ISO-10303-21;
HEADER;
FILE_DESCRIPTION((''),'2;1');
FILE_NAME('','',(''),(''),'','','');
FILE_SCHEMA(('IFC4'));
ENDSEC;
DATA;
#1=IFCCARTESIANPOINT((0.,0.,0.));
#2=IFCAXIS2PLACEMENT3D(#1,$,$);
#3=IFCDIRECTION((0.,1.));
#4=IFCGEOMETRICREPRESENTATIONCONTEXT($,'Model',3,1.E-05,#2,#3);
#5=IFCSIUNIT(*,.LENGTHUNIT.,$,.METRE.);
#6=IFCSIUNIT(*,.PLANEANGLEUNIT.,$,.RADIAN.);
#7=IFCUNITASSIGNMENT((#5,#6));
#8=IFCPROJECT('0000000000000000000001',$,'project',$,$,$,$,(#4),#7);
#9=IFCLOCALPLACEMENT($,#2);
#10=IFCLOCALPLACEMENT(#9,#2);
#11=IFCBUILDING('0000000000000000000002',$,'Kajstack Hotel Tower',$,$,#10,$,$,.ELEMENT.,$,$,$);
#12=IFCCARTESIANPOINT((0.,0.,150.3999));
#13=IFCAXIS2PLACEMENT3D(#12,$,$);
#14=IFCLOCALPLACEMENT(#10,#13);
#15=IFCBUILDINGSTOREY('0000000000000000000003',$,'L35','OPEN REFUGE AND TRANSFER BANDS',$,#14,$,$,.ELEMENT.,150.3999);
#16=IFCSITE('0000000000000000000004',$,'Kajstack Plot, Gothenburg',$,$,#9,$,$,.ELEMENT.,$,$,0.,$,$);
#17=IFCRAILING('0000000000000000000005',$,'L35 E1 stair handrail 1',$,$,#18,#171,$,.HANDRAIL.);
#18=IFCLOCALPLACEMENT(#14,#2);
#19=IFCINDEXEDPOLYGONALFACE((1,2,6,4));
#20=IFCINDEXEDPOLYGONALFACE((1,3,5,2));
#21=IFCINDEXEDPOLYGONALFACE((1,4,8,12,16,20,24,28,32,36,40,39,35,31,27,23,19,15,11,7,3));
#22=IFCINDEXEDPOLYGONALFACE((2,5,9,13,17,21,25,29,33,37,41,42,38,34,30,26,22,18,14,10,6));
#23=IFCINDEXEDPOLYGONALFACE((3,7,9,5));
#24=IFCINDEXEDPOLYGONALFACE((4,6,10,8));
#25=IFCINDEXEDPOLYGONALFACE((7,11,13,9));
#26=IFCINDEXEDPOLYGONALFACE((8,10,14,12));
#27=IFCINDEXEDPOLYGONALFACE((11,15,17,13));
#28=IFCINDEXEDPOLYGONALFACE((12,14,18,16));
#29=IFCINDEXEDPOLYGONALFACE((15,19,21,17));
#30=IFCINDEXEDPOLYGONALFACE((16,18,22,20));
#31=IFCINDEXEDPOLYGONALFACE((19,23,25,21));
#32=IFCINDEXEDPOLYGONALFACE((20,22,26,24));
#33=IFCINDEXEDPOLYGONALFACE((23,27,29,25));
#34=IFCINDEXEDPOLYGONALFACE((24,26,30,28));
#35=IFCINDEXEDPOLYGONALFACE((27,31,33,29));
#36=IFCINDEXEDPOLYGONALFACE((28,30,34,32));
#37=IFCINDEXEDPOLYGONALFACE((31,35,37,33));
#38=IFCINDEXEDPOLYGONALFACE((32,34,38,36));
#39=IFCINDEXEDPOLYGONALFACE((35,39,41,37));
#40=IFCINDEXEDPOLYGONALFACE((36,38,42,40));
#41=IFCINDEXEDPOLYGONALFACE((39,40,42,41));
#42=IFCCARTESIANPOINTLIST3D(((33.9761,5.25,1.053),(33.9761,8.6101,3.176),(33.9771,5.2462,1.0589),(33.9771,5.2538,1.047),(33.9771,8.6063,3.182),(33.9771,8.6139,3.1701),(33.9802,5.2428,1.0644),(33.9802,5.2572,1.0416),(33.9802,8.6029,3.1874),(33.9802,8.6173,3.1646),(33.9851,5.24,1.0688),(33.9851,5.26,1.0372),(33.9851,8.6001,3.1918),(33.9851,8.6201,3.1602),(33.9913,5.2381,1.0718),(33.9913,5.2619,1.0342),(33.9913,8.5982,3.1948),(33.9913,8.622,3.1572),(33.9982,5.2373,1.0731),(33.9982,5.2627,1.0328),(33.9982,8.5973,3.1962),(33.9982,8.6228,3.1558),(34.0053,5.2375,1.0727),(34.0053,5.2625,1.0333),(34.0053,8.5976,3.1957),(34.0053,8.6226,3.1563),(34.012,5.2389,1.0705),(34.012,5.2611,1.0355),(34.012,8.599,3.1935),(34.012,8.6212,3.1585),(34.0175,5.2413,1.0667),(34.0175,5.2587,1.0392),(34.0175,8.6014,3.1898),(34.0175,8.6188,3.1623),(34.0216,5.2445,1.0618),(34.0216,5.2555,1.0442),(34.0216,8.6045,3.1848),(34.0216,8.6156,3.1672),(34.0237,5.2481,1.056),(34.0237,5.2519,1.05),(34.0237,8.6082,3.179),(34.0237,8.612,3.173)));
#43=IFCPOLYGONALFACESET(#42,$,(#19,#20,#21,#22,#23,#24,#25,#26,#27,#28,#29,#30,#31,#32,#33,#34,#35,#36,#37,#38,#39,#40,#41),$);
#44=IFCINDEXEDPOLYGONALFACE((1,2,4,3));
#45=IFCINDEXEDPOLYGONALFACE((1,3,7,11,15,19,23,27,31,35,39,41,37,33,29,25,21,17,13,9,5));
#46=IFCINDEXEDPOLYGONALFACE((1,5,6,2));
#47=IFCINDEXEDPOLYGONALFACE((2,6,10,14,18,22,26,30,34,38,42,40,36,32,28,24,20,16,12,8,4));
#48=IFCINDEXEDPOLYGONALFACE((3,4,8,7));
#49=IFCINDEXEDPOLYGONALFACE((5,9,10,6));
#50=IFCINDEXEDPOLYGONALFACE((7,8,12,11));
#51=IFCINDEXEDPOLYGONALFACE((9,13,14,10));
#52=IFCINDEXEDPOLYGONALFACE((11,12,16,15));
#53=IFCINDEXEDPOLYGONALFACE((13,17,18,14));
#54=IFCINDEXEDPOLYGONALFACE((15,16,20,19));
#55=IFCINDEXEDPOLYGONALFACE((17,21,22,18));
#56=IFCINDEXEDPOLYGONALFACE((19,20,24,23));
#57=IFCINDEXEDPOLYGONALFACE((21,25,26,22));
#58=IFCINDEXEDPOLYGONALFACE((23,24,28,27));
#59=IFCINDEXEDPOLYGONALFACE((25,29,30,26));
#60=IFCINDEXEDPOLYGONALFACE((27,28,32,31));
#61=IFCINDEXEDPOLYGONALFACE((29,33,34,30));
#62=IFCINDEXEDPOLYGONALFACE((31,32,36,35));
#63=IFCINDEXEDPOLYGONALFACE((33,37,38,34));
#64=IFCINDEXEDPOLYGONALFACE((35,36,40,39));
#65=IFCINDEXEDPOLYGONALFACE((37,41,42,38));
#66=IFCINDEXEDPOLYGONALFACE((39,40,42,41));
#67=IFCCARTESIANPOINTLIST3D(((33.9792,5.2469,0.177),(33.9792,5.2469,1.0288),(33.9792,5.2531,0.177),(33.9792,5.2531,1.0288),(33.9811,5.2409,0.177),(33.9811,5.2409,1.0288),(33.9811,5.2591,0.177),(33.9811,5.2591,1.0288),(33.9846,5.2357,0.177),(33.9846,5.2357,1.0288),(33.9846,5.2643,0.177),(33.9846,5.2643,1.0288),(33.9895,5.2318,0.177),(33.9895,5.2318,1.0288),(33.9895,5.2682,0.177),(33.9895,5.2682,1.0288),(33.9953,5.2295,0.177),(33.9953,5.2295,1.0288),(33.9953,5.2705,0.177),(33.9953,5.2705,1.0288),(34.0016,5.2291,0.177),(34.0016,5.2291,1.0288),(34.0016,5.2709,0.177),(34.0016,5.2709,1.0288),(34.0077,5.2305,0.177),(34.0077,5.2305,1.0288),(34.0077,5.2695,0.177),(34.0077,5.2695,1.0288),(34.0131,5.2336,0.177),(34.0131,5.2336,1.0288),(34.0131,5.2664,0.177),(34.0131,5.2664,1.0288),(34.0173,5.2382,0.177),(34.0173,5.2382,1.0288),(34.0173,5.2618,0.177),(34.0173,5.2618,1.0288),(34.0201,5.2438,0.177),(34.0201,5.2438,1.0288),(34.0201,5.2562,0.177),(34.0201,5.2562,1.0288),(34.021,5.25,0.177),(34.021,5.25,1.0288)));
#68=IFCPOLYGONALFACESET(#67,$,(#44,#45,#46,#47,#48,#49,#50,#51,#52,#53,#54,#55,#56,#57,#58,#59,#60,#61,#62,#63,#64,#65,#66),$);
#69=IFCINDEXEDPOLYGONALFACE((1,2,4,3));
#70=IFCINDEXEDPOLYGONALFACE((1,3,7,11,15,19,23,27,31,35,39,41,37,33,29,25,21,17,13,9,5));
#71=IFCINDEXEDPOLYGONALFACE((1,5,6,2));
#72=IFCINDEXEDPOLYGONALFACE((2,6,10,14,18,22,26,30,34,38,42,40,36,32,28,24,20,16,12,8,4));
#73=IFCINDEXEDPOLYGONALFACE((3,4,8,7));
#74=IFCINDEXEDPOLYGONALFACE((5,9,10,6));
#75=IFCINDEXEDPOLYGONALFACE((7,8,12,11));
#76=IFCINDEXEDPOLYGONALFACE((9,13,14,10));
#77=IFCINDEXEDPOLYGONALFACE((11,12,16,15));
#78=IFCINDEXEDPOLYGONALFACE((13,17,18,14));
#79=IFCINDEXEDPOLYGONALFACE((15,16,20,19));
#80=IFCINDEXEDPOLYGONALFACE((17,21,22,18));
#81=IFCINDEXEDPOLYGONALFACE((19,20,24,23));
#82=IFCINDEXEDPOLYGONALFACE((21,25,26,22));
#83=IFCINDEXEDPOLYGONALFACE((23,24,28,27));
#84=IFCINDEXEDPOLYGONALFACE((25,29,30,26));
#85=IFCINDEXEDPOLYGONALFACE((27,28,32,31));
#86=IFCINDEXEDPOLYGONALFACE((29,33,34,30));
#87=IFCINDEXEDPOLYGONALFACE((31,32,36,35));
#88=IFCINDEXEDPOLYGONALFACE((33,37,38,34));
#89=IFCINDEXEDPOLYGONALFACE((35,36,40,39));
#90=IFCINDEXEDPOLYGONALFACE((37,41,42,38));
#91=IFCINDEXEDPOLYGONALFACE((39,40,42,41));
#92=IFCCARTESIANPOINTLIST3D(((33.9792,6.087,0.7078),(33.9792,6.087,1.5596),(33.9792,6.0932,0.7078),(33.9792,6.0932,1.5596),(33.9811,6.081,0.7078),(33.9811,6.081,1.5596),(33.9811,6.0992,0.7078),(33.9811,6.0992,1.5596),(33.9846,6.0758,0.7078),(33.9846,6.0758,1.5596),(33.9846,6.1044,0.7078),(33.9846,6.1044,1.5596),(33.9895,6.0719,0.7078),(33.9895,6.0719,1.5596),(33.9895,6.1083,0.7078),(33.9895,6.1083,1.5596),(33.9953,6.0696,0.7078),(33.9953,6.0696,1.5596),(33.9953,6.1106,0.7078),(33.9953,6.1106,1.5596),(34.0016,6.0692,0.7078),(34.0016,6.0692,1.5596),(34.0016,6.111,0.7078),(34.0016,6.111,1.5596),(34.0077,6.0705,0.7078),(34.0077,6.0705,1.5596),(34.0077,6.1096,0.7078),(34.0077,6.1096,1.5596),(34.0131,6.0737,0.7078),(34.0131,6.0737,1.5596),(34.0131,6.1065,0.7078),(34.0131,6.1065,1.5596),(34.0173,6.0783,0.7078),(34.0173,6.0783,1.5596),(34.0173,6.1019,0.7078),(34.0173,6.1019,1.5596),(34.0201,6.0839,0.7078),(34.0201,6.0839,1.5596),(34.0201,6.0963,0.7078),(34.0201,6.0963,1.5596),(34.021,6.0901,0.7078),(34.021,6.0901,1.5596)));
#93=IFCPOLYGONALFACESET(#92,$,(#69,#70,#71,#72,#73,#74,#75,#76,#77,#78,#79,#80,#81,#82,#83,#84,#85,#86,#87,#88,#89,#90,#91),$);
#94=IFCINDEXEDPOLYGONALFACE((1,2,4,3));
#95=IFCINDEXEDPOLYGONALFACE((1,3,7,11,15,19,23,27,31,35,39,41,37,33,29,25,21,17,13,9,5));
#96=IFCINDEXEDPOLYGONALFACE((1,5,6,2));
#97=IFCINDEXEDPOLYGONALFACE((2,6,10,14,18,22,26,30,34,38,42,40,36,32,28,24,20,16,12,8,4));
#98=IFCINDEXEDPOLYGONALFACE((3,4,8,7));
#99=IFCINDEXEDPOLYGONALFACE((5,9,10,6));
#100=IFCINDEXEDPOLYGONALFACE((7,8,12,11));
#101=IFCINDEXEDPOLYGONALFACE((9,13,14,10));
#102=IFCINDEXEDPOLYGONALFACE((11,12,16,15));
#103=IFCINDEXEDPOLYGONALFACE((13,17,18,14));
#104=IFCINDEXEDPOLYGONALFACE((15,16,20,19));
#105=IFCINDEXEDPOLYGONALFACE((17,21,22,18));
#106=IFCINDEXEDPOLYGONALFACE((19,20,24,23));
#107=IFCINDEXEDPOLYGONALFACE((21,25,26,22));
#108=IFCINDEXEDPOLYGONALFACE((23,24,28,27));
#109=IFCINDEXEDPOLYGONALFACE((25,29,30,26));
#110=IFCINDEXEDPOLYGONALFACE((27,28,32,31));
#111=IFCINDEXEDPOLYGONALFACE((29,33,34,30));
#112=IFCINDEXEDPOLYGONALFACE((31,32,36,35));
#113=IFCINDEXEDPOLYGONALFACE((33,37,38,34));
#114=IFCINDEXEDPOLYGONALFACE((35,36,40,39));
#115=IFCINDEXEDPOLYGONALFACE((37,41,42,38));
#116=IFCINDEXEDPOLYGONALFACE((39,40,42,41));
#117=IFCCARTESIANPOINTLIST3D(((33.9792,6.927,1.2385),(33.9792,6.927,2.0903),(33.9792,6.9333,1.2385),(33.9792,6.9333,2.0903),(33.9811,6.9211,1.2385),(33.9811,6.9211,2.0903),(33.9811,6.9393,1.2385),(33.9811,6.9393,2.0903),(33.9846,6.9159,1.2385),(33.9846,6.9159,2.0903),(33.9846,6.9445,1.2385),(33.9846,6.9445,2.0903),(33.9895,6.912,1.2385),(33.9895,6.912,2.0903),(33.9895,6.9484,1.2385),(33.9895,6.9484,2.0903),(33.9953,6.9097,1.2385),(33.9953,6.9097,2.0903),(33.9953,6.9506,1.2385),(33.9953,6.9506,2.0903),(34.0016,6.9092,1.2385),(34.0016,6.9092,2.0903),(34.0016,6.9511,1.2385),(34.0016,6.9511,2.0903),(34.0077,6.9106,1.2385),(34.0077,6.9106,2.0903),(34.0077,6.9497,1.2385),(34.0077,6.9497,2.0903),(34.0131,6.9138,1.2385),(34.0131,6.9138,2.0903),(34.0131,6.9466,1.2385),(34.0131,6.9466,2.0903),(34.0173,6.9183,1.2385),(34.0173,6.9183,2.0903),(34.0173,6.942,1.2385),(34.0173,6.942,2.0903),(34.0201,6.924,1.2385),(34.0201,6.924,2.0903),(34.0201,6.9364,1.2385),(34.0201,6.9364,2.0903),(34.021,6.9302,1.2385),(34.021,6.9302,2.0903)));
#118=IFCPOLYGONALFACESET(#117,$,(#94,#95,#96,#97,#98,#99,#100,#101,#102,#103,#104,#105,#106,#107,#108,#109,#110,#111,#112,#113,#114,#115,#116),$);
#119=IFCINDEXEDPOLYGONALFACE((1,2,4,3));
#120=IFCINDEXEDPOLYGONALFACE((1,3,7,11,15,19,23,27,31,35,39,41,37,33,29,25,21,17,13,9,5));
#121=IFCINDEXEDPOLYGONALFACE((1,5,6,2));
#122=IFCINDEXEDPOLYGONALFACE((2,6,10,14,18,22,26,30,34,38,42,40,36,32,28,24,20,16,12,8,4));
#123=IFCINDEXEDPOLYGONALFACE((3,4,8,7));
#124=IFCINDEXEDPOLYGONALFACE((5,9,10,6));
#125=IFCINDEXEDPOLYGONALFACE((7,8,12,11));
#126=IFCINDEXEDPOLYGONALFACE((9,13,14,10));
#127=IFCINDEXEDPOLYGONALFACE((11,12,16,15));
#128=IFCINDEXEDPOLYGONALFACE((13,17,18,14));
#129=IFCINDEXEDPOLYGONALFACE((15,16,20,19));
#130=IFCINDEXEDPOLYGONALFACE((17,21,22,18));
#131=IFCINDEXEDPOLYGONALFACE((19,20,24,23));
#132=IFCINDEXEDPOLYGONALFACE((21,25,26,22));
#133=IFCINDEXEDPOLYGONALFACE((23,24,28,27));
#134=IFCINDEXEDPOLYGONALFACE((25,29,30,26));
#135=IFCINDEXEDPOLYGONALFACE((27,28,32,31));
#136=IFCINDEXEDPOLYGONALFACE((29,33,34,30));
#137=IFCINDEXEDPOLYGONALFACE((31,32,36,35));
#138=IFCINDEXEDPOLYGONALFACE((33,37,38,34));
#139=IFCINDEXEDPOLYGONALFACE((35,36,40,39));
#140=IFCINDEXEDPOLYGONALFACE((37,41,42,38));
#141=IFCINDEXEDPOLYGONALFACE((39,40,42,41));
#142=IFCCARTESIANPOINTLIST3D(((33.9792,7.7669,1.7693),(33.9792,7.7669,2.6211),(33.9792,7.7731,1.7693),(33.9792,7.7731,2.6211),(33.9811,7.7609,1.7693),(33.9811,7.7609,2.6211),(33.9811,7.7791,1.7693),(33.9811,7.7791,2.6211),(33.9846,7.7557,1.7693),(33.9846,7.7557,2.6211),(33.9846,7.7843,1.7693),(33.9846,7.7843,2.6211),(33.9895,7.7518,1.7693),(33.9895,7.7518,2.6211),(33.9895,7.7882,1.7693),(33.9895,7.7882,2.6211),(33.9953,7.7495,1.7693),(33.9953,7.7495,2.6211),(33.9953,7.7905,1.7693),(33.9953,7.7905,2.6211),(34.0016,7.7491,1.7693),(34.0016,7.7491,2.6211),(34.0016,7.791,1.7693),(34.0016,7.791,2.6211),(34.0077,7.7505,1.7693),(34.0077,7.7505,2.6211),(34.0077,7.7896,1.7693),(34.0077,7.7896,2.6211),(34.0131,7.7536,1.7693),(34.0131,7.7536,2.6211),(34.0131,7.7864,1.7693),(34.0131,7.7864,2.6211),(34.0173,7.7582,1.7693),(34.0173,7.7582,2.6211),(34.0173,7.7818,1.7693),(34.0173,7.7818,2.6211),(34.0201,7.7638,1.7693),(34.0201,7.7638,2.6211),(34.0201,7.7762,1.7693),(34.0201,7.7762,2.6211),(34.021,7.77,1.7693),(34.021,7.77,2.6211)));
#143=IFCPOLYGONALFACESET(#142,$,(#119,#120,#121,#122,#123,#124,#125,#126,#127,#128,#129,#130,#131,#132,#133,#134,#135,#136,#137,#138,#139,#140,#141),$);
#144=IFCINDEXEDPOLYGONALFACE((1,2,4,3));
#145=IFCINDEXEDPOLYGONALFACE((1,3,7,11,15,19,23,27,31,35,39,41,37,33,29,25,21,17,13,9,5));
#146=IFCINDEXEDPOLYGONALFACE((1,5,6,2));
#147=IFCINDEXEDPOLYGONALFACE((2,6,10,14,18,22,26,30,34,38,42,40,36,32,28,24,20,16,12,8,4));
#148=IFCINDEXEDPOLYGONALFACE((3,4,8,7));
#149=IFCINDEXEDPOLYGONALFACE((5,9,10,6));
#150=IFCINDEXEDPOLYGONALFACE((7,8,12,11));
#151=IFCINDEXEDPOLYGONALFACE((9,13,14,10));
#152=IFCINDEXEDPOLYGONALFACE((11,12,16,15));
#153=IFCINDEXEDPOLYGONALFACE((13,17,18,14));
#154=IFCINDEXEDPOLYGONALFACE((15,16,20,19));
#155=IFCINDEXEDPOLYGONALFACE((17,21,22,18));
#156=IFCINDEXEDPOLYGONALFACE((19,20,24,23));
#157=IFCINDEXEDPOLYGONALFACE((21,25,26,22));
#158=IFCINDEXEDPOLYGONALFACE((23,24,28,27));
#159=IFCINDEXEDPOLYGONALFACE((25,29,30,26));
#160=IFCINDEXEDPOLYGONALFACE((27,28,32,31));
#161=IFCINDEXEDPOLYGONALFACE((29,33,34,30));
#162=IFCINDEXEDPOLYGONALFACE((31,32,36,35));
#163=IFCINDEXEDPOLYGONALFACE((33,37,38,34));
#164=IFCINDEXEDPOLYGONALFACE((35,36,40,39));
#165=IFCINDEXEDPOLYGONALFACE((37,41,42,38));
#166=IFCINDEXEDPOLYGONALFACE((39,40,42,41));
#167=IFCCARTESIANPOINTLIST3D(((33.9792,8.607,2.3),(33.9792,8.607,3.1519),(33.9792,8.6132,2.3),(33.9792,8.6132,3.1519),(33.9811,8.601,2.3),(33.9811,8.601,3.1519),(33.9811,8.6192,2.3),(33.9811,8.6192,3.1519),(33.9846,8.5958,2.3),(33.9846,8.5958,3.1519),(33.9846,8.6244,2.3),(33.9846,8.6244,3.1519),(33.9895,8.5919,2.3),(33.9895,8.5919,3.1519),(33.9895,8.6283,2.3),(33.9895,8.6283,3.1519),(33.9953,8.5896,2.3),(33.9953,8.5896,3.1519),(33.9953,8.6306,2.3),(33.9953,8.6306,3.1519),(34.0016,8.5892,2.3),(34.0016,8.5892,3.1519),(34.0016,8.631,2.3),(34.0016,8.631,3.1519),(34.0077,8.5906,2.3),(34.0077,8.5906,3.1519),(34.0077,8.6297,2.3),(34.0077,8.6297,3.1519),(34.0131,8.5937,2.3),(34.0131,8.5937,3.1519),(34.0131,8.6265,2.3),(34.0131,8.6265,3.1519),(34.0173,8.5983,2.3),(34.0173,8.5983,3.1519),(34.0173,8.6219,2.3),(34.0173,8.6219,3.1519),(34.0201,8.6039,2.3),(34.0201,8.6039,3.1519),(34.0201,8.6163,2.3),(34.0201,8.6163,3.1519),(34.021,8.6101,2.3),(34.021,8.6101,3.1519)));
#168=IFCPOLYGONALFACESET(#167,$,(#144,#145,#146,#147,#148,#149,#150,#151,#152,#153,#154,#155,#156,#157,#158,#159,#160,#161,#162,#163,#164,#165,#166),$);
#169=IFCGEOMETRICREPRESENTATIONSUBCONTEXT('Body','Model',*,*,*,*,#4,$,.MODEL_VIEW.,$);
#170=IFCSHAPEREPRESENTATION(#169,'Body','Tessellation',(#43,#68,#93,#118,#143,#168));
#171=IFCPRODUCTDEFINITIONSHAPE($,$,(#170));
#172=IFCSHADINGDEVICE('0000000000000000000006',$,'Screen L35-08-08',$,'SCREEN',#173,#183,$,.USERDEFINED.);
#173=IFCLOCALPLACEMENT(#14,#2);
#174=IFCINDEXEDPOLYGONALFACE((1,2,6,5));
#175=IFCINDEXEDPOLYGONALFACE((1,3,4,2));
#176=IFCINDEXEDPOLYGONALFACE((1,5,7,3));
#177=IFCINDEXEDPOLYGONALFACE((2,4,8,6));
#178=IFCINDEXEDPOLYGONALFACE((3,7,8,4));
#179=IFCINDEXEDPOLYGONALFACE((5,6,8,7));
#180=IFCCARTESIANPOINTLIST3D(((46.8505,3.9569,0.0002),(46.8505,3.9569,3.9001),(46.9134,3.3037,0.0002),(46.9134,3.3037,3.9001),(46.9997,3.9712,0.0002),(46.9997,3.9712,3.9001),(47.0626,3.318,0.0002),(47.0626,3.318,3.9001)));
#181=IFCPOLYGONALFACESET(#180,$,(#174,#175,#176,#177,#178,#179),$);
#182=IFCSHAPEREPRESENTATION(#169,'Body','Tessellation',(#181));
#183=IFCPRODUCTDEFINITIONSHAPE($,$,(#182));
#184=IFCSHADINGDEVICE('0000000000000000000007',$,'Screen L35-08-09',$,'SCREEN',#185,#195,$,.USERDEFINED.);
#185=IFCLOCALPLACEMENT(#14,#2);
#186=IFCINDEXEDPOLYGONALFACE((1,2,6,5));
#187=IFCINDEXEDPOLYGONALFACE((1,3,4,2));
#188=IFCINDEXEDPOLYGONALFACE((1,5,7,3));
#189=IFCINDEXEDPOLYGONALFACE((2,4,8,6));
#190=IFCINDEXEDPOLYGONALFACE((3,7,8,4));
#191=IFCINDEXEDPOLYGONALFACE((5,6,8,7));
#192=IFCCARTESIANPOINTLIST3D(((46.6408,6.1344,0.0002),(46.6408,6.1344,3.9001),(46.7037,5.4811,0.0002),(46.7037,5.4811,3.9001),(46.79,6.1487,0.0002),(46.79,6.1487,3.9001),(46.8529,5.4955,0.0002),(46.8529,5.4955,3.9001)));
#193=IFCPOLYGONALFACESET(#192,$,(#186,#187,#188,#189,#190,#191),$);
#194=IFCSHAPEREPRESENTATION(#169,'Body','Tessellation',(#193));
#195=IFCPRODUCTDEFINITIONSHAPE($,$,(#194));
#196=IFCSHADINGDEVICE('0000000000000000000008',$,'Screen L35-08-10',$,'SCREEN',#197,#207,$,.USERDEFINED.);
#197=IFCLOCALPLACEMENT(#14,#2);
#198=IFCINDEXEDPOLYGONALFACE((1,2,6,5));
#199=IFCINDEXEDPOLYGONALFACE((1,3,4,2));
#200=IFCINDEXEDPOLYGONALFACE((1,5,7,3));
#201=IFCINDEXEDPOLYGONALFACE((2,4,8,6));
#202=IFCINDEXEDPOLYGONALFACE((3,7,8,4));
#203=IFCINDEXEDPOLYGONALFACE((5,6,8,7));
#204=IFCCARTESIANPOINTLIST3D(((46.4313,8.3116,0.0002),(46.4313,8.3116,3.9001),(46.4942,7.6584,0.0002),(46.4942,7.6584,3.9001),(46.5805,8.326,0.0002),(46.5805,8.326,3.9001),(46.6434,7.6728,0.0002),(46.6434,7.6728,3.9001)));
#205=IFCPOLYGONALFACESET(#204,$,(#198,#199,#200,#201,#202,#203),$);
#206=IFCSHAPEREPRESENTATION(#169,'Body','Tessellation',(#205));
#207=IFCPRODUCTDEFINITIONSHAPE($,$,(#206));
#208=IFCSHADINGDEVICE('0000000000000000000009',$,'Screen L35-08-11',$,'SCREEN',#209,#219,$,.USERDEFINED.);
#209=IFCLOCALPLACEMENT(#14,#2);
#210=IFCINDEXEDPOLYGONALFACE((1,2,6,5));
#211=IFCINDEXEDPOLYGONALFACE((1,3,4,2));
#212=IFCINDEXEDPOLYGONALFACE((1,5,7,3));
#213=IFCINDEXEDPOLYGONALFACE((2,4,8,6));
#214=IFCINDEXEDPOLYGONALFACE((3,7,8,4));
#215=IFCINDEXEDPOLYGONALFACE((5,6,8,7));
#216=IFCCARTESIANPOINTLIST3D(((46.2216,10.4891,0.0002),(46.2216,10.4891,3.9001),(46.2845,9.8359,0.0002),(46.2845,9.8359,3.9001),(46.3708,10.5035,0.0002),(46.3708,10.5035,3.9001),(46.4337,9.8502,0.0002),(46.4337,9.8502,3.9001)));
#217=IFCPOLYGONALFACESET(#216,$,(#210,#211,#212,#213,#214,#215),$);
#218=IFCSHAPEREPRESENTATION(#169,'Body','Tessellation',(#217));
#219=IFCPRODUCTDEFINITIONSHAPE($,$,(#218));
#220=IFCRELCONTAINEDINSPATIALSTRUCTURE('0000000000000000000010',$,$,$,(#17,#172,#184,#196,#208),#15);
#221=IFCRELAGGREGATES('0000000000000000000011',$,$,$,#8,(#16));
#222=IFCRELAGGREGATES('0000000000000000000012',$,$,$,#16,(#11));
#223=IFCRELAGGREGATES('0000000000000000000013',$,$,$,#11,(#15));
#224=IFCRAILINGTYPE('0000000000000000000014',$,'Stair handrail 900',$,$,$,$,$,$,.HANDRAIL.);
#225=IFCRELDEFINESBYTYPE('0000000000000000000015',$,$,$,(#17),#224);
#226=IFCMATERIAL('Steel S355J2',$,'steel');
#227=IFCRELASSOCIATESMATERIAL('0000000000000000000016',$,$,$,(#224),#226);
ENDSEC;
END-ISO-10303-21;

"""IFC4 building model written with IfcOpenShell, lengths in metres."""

from ifc_helpers import new_model, si_unit, direction, frame, origin, origin_2d, place, context, subcontext, project, spatial, rectangle, circle, extrude, material, type_object, element, save


model = new_model("IFC4")

# Units and contexts
model_context = context("Model", 3, precision=1e-05, world=origin(), true_north=direction((0.0, 1.0)))
body_context = subcontext(model_context, "Body", "Model", "MODEL_VIEW")
ifc_project = project(units=[si_unit("LENGTHUNIT", "METRE"), si_unit("PLANEANGLEUNIT", "RADIAN")], contexts=[model_context])

# Site, building, storey
site_placement = place(None, origin())
site = spatial("IfcSite", under=ifc_project, at=site_placement, Name="Kajstack Plot, Gothenburg", CompositionType="ELEMENT", RefElevation=0.0)
building_placement = place(site_placement, origin())
building = spatial("IfcBuilding", under=site, at=building_placement, Name="Kajstack Hotel Tower", CompositionType="ELEMENT")
storey_placement = place(building_placement, frame((0.0, 0.0, 150.3999)))
storey = spatial("IfcBuildingStorey", under=building, at=storey_placement, Name="L35", Description="OPEN REFUGE AND TRANSFER BANDS", CompositionType="ELEMENT", Elevation=150.3999)

# Railing
ifc_material_1 = material(Name="Steel S355J2", Category="steel")
railing_type_1 = type_object("IfcRailingType", Name="Stair handrail 900", PredefinedType="HANDRAIL", material=ifc_material_1)
railing_1_placement = place(storey_placement, frame((34.0, 5.25, 0.177)))
element("IfcRailing", 1, at=railing_1_placement, inside=storey, type_object=railing_type_1, Name="L35 E1 stair handrail 1", PredefinedType="HANDRAIL", context=body_context, shape_type="SweptSolid", body=[
    extrude(circle(Radius=0.0239, at=origin_2d()), frame((0.0, 0.0, 0.876), z_axis=(0.0, 0.84539, 0.53415), x_axis=(-1.0, 0.0, 0.0)), (0.0, 0.0, 1.0), 3.9746),
    extrude(circle(Radius=0.021, at=origin_2d()), origin(), (0.0, 0.0, 1.0), 0.8518),
    extrude(circle(Radius=0.021, at=origin_2d()), frame((0.0, 0.8401, 0.5308)), (0.0, 0.0, 1.0), 0.8518),
    extrude(circle(Radius=0.021, at=origin_2d()), frame((0.0, 1.6802, 1.0615)), (0.0, 0.0, 1.0), 0.8518),
    extrude(circle(Radius=0.021, at=origin_2d()), frame((0.0, 2.52, 1.5923)), (0.0, 0.0, 1.0), 0.8518),
    extrude(circle(Radius=0.021, at=origin_2d()), frame((0.0, 3.3601, 2.123)), (0.0, 0.0, 1.0), 0.8518),
])

# Shading devices
for number, where, z_axis, x_axis, name in (
    (2, (46.9565, 3.6375, 0.0002), (0.0, 0.0, 1.0), (-0.095846, 0.995396, 0.0), "Screen L35-08-08"),
    (3, (46.7468, 5.8149, 0.0002), (0.0, 0.0, 1.0), (-0.095846, 0.995396, 0.0), "Screen L35-08-09"),
    (4, (46.5374, 7.9922, 0.0002), (0.0, 0.0, 1.0), (-0.095846, 0.995396, 0.0), "Screen L35-08-10"),
    (5, (46.3276, 10.1697, 0.0002), (0.0, 0.0, 1.0), (-0.095846, 0.995396, 0.0), "Screen L35-08-11"),
):
    element("IfcShadingDevice", number, at=place(storey_placement, frame(where, z_axis=z_axis, x_axis=x_axis)), inside=storey, Name=name, ObjectType="SCREEN", PredefinedType="USERDEFINED", context=body_context, shape_type="SweptSolid", body=[
        extrude(rectangle(XDim=0.6562, YDim=0.1499, at=origin_2d()), origin(), (0.0, 0.0, 1.0), 3.8999),
    ])

save(model, "model.ifc")
